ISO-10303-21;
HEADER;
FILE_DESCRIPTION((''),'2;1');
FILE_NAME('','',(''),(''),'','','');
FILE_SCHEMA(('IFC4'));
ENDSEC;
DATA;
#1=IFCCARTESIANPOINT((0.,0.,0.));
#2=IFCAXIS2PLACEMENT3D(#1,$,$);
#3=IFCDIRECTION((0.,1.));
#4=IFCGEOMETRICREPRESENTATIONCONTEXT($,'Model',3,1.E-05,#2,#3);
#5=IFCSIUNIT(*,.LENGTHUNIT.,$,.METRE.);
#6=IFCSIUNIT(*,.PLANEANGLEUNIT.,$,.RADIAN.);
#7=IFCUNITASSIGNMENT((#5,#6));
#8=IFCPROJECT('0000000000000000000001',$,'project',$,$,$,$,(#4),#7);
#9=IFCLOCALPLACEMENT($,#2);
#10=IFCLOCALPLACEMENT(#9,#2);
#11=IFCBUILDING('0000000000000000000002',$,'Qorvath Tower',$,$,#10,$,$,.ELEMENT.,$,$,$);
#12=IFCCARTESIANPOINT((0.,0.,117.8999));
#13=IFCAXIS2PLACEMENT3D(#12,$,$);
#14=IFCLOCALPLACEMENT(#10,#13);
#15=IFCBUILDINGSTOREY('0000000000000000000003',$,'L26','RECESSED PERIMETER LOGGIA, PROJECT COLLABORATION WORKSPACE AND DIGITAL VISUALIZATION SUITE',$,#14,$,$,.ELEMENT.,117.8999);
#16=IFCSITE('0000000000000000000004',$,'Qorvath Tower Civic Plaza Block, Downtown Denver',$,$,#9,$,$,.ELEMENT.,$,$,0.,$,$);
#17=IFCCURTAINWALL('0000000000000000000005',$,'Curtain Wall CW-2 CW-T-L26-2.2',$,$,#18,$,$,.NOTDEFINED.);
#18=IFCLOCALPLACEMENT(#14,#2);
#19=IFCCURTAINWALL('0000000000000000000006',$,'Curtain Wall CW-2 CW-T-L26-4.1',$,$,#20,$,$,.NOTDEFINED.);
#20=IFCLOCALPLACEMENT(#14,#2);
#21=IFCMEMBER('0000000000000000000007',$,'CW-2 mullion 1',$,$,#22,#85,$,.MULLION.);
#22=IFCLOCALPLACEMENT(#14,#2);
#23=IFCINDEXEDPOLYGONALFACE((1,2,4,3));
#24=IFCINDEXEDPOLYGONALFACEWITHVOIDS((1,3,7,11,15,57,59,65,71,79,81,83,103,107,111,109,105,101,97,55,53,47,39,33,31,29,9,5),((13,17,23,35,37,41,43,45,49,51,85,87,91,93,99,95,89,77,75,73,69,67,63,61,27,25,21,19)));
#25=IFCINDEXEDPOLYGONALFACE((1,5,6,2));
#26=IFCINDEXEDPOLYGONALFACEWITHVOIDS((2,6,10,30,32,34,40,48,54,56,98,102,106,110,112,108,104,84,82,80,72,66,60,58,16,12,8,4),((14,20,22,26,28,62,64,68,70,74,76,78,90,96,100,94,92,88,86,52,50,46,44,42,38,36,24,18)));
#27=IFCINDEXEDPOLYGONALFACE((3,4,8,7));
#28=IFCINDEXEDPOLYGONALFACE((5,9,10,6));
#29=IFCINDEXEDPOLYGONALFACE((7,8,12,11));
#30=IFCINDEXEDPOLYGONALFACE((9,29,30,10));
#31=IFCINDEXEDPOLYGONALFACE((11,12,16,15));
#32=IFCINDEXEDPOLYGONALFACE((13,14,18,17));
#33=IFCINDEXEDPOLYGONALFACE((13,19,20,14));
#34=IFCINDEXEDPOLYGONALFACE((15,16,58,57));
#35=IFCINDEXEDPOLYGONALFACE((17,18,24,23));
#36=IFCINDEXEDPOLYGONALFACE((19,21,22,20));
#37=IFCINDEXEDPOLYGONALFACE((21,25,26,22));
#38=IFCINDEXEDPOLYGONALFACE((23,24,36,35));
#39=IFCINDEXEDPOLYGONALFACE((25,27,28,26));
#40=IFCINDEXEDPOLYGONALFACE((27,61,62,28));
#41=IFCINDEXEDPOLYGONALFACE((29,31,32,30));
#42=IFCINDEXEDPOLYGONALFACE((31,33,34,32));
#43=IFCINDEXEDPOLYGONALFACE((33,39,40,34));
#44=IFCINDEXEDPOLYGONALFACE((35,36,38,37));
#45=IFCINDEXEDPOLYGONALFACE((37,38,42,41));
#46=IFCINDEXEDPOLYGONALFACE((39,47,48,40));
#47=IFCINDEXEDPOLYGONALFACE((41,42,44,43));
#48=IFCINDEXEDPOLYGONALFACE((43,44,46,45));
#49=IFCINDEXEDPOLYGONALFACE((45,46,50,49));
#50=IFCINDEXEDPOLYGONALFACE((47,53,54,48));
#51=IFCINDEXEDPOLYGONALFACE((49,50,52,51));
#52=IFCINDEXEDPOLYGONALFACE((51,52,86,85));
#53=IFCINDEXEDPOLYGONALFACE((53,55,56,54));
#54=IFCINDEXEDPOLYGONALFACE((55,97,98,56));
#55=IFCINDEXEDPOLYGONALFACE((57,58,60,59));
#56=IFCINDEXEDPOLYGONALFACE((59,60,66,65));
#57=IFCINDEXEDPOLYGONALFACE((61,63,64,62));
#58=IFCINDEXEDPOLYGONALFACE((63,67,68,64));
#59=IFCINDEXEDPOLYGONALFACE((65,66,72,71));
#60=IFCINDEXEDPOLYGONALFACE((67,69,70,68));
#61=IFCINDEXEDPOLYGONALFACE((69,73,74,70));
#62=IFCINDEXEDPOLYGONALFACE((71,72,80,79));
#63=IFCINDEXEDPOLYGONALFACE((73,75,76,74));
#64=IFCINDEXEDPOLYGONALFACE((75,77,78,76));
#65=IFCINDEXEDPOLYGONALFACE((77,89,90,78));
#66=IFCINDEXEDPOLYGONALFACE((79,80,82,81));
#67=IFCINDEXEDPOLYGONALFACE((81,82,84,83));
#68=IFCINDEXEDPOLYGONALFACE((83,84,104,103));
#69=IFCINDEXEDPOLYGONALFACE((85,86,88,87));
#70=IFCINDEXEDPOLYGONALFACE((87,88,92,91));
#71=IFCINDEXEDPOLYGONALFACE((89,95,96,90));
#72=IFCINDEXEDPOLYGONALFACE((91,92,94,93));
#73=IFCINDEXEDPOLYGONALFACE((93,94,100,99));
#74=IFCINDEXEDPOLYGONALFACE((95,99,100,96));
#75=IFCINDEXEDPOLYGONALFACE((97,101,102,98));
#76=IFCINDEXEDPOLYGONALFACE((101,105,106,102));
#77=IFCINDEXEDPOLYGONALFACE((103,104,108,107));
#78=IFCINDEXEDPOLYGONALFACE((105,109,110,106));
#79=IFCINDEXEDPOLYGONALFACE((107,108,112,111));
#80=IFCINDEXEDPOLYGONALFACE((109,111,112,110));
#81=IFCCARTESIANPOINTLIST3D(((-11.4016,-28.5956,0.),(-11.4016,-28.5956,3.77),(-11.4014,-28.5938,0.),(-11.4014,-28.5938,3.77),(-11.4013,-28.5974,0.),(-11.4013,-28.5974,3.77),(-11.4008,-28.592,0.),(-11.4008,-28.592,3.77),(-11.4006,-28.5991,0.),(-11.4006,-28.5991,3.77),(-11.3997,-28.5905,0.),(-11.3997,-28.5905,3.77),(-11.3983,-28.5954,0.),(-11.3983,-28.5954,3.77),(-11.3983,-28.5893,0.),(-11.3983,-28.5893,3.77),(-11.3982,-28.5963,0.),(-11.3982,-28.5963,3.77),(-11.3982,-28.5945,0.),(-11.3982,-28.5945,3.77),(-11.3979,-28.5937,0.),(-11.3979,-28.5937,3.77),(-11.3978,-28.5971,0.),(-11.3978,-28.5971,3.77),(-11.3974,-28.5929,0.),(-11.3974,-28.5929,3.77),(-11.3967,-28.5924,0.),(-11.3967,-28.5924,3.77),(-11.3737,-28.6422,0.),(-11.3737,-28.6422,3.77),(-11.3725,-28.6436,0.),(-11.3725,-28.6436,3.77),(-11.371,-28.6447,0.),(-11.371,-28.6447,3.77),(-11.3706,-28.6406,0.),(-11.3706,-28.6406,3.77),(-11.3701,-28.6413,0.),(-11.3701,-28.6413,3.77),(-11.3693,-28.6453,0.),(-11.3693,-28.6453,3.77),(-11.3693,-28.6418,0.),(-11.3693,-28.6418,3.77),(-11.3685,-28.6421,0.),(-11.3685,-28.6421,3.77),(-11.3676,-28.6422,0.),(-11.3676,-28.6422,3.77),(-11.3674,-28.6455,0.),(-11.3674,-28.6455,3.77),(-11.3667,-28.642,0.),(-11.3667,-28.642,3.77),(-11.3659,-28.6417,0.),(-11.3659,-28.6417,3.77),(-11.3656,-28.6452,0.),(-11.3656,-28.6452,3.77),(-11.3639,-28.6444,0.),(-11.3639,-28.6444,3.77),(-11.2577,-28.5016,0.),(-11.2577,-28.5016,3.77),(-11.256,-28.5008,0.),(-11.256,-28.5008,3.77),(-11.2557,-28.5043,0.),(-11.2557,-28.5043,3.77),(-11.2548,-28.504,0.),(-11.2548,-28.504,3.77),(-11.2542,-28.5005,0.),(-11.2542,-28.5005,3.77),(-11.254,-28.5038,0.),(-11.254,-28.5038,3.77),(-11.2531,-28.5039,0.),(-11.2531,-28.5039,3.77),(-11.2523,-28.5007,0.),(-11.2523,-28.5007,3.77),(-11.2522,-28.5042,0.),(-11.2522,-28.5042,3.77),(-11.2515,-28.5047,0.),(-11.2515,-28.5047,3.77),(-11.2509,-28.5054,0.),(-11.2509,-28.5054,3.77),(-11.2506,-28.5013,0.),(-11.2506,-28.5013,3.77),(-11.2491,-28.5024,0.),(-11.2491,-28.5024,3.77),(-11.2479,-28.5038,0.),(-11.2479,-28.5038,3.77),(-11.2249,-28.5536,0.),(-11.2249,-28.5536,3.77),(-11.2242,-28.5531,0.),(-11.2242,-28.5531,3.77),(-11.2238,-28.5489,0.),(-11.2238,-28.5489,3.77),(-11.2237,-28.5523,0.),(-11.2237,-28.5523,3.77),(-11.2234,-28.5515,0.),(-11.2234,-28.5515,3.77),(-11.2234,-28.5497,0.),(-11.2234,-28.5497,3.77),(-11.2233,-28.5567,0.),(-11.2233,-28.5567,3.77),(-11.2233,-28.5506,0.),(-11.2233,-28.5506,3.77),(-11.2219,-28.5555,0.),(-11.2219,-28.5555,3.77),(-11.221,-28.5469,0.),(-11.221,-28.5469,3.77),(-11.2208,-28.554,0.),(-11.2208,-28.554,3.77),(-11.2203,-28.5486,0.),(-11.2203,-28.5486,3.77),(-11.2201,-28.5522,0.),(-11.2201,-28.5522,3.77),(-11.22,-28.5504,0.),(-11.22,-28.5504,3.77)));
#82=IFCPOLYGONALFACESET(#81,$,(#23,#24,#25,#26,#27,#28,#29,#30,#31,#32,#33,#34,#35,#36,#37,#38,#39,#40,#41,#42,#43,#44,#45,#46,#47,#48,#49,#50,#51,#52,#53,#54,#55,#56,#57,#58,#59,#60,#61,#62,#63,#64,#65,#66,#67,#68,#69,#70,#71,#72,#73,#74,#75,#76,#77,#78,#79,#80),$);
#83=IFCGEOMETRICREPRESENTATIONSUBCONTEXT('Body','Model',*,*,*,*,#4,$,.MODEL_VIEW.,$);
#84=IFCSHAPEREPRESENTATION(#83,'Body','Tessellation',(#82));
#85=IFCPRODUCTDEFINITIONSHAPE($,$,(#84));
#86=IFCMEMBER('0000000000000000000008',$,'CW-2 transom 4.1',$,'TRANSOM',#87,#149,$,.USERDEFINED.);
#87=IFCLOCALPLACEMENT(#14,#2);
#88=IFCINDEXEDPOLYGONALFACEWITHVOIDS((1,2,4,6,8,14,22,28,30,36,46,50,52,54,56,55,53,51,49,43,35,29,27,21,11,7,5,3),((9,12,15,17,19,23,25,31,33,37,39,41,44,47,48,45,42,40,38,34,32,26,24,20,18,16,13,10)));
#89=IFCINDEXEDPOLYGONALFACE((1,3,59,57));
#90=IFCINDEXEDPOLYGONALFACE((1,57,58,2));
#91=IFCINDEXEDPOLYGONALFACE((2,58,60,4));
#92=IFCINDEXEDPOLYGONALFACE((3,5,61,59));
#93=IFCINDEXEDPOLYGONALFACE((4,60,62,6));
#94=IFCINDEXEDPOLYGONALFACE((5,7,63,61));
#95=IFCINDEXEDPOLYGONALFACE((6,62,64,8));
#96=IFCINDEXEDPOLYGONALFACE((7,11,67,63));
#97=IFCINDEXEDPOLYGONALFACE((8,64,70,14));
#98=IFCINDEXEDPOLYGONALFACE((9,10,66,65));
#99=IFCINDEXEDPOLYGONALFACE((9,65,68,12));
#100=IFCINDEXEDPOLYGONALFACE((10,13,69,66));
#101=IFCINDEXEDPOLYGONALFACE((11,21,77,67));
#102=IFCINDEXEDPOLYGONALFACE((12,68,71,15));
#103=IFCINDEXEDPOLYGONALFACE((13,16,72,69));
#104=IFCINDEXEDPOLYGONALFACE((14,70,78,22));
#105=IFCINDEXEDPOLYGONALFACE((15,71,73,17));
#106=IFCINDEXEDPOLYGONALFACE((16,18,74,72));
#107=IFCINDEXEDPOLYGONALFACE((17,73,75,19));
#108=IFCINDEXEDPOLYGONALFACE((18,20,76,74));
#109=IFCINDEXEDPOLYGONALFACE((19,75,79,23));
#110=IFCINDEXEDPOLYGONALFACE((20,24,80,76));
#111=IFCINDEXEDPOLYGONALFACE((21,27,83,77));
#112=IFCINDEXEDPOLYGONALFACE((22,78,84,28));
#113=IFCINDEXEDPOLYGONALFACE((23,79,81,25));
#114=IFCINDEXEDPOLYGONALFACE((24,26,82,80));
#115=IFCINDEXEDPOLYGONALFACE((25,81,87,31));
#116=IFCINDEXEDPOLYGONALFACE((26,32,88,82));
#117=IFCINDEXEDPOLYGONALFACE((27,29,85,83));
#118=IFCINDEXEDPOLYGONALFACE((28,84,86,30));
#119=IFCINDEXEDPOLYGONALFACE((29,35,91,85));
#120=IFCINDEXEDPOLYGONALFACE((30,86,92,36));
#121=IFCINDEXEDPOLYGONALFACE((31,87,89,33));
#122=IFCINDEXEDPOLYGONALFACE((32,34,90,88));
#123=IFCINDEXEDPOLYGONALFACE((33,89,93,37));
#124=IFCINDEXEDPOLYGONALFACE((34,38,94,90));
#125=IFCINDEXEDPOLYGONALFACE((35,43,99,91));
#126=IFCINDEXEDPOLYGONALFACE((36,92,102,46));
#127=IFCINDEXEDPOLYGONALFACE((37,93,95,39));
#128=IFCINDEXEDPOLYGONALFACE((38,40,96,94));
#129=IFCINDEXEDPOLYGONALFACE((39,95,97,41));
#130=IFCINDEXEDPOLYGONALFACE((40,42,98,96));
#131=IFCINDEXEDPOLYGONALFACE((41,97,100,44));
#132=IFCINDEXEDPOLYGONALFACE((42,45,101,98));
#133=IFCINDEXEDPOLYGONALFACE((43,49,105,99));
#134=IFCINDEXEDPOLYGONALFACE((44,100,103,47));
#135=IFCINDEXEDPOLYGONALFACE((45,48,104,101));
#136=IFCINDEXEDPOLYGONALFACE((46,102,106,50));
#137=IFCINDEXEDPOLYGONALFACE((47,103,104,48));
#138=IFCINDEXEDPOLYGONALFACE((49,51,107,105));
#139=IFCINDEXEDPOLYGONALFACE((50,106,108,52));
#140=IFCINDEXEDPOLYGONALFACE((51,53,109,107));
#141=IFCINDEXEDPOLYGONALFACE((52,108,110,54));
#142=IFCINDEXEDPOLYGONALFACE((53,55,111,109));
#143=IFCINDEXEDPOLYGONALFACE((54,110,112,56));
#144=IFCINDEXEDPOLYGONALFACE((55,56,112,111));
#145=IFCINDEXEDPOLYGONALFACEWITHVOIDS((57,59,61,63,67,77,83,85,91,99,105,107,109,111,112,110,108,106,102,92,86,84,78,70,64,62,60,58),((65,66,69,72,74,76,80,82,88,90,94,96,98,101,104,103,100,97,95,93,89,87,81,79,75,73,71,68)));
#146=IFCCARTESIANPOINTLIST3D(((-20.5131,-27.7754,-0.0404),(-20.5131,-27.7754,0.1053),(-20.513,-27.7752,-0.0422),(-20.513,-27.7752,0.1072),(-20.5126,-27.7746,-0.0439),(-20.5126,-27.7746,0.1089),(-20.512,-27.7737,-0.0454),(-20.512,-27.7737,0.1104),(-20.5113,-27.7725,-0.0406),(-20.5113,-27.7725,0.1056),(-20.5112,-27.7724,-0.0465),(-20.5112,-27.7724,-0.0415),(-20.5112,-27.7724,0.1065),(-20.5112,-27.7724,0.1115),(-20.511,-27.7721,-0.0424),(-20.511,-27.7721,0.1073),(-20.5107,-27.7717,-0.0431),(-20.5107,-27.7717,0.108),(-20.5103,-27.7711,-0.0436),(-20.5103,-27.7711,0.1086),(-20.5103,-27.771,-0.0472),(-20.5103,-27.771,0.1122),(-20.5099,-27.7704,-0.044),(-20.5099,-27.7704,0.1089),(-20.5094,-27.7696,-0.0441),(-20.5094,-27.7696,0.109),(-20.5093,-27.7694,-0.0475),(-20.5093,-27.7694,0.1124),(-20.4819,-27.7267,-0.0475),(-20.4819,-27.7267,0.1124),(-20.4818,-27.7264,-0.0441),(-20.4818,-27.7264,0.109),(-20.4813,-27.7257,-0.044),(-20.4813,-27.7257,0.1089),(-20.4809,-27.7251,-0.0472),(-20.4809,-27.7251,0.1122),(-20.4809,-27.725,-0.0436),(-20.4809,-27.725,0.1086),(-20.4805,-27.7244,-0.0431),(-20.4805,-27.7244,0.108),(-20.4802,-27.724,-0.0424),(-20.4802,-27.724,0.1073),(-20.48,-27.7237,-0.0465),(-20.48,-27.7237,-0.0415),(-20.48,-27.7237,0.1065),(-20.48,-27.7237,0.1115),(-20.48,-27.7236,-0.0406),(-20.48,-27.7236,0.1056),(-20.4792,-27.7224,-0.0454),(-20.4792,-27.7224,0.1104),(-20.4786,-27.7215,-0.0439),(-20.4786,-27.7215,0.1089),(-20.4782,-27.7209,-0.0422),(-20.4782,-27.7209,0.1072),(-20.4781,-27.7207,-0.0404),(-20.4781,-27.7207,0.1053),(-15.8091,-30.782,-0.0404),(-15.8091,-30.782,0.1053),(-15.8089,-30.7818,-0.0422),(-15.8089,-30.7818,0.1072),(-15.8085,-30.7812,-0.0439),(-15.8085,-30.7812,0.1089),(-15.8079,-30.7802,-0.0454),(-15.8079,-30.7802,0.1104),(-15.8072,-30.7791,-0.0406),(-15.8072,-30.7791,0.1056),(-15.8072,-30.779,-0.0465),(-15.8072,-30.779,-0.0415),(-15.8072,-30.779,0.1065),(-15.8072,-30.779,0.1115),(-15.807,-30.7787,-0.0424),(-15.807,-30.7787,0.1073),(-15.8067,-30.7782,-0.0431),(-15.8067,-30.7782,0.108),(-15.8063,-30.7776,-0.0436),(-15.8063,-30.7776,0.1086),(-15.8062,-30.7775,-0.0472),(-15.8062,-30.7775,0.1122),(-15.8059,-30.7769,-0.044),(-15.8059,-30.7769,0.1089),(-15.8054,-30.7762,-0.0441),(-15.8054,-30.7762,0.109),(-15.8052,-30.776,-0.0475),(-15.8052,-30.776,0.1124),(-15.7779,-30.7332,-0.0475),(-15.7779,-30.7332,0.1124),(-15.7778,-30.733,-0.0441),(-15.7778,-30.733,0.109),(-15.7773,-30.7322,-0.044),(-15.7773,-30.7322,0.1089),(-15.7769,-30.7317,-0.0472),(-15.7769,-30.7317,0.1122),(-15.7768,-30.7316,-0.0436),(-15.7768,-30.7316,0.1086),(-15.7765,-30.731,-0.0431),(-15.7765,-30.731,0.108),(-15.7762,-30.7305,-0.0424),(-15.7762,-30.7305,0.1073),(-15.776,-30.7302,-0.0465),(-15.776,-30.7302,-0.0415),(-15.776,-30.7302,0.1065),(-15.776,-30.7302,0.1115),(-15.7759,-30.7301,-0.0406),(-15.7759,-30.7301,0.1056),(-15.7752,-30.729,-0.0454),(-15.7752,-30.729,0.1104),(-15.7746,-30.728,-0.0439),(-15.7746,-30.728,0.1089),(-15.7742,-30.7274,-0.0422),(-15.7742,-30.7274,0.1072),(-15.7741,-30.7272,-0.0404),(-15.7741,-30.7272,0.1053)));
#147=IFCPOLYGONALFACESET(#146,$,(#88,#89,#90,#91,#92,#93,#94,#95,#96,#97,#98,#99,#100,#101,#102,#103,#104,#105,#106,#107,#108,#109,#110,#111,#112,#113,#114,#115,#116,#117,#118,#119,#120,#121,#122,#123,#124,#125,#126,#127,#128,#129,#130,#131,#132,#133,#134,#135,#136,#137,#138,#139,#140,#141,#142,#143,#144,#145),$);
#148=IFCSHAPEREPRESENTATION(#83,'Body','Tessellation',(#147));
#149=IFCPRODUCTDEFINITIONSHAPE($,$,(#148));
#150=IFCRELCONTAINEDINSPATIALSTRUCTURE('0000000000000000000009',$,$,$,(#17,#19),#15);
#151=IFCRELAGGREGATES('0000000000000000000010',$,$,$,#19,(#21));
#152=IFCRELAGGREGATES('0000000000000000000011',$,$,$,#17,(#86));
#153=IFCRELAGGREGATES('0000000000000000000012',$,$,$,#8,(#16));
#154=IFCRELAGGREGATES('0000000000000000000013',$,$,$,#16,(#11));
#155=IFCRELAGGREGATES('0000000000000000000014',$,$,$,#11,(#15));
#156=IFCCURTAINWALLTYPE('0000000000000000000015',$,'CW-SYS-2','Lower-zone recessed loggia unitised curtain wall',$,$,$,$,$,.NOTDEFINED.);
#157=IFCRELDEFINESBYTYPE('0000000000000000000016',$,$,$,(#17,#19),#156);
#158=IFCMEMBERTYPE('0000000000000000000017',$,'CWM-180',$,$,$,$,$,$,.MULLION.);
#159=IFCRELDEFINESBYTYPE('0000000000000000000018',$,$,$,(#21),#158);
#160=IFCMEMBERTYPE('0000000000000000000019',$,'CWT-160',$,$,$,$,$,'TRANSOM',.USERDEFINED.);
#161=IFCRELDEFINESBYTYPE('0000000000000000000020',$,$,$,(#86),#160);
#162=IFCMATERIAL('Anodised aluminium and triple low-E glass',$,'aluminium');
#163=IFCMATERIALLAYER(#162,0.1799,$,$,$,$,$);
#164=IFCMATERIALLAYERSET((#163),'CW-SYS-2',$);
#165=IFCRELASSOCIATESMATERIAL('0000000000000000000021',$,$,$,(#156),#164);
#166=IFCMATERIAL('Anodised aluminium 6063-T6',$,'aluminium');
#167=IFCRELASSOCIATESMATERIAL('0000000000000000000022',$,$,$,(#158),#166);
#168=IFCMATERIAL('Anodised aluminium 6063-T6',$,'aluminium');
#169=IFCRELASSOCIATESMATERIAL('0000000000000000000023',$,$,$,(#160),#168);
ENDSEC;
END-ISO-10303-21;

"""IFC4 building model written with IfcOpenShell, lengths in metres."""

from ifc_helpers import new_model, si_unit, direction, frame, origin, origin_2d, place, context, subcontext, project, spatial, hollow_rectangle, extrude, material, layer, layer_set, material_profile, profile_set, type_object, element, aggregate, save


model = new_model("IFC4")

# Units and contexts
model_context = context("Model", 3, precision=1e-05, world=origin(), true_north=direction((0.0, 1.0)))
body_context = subcontext(model_context, "Body", "Model", "MODEL_VIEW")
ifc_project = project(units=[si_unit("LENGTHUNIT", "METRE"), si_unit("PLANEANGLEUNIT", "RADIAN")], contexts=[model_context])

# Site, building, storey
site_placement = place(None, origin())
site = spatial("IfcSite", under=ifc_project, at=site_placement, Name="Qorvath Tower Civic Plaza Block, Downtown Denver", CompositionType="ELEMENT", RefElevation=0.0)
building_placement = place(site_placement, origin())
building = spatial("IfcBuilding", under=site, at=building_placement, Name="Qorvath Tower", CompositionType="ELEMENT")
storey_placement = place(building_placement, frame((0.0, 0.0, 117.8999)))
storey = spatial("IfcBuildingStorey", under=building, at=storey_placement, Name="L26", Description="RECESSED PERIMETER LOGGIA, PROJECT COLLABORATION WORKSPACE AND DIGITAL VISUALIZATION SUITE", CompositionType="ELEMENT", Elevation=117.8999)

# Curtain wall
ifc_material_1 = material(Name="Anodised aluminium and triple low-E glass", Category="aluminium")
ifc_layer_1 = layer(ifc_material_1, 0.1799)
ifc_layer_set_1 = layer_set([ifc_layer_1], Name="CW-SYS-2")
curtain_wall_type = type_object("IfcCurtainWallType", Name="CW-SYS-2", Description="Lower-zone recessed loggia unitised curtain wall", PredefinedType="NOTDEFINED", material=ifc_layer_set_1)
curtain_wall_1_placement = place(storey_placement, origin())
curtain_wall_1 = element("IfcCurtainWall", 1, at=curtain_wall_1_placement, inside=storey, type_object=curtain_wall_type, Name="Curtain Wall CW-2 CW-T-L26-2.2", PredefinedType="NOTDEFINED")
ifc_material_2 = material(Name="Anodised aluminium 6063-T6", Category="aluminium")
ifc_material_profile_1 = material_profile(ifc_material_2, hollow_rectangle(XDim=0.0649, YDim=0.1799, WallThickness=0.0034, InnerFilletRadius=0.0034, OuterFilletRadius=0.0071, at=origin_2d()), Name="CWM 180x65")
ifc_profile_set_1 = profile_set([ifc_material_profile_1], Name="Anodised aluminium 6063-T6")
member_type_1 = type_object("IfcMemberType", Name="CWM-180", PredefinedType="MULLION", material=ifc_profile_set_1)

# Curtain wall, member
curtain_wall_2_placement = place(storey_placement, origin())
curtain_wall_2 = element("IfcCurtainWall", 2, at=curtain_wall_2_placement, inside=storey, type_object=curtain_wall_type, Name="Curtain Wall CW-2 CW-T-L26-4.1", PredefinedType="NOTDEFINED")
member_1_placement = place(storey_placement, frame((-11.3108, -28.573, 0.0), z_axis=(0.0, 0.0, 1.0), x_axis=(-0.529503, 0.848308, 0.0)))
member_1 = element("IfcMember", 3, at=member_1_placement, type_object=member_type_1, Name="CW-2 mullion 1", PredefinedType="MULLION", context=body_context, shape_type="SweptSolid", body=[
    extrude(hollow_rectangle(XDim=0.0649, YDim=0.1799, WallThickness=0.0034, InnerFilletRadius=0.0034, OuterFilletRadius=0.0071, at=origin_2d()), origin(), (0.0, 0.0, 1.0), 3.77),
])
aggregate(curtain_wall_2, [member_1])

# Member
ifc_material_3 = material(Name="Anodised aluminium 6063-T6", Category="aluminium")
ifc_material_profile_2 = material_profile(ifc_material_3, hollow_rectangle(XDim=0.0649, YDim=0.1599, WallThickness=0.0034, InnerFilletRadius=0.0034, OuterFilletRadius=0.0071, at=origin_2d()), Name="CWT 160x65")
ifc_profile_set_2 = profile_set([ifc_material_profile_2], Name="Anodised aluminium 6063-T6")
member_type_2 = type_object("IfcMemberType", Name="CWT-160", ElementType="TRANSOM", PredefinedType="USERDEFINED", material=ifc_profile_set_2)
member_2_placement = place(storey_placement, frame((-20.4956, -27.748, 0.0325), z_axis=(0.842599, -0.538541, 0.0), x_axis=(0.538541, 0.842599, 0.0)))
member_2 = element("IfcMember", 4, at=member_2_placement, type_object=member_type_2, Name="CW-2 transom 4.1", ObjectType="TRANSOM", PredefinedType="USERDEFINED", context=body_context, shape_type="SweptSolid", body=[
    extrude(hollow_rectangle(XDim=0.0649, YDim=0.1599, WallThickness=0.0034, InnerFilletRadius=0.0034, OuterFilletRadius=0.0071, at=origin_2d()), origin(), (0.0, 0.0, 1.0), 5.5828),
])

aggregate(curtain_wall_1, [member_2])

save(model, "model.ifc")
